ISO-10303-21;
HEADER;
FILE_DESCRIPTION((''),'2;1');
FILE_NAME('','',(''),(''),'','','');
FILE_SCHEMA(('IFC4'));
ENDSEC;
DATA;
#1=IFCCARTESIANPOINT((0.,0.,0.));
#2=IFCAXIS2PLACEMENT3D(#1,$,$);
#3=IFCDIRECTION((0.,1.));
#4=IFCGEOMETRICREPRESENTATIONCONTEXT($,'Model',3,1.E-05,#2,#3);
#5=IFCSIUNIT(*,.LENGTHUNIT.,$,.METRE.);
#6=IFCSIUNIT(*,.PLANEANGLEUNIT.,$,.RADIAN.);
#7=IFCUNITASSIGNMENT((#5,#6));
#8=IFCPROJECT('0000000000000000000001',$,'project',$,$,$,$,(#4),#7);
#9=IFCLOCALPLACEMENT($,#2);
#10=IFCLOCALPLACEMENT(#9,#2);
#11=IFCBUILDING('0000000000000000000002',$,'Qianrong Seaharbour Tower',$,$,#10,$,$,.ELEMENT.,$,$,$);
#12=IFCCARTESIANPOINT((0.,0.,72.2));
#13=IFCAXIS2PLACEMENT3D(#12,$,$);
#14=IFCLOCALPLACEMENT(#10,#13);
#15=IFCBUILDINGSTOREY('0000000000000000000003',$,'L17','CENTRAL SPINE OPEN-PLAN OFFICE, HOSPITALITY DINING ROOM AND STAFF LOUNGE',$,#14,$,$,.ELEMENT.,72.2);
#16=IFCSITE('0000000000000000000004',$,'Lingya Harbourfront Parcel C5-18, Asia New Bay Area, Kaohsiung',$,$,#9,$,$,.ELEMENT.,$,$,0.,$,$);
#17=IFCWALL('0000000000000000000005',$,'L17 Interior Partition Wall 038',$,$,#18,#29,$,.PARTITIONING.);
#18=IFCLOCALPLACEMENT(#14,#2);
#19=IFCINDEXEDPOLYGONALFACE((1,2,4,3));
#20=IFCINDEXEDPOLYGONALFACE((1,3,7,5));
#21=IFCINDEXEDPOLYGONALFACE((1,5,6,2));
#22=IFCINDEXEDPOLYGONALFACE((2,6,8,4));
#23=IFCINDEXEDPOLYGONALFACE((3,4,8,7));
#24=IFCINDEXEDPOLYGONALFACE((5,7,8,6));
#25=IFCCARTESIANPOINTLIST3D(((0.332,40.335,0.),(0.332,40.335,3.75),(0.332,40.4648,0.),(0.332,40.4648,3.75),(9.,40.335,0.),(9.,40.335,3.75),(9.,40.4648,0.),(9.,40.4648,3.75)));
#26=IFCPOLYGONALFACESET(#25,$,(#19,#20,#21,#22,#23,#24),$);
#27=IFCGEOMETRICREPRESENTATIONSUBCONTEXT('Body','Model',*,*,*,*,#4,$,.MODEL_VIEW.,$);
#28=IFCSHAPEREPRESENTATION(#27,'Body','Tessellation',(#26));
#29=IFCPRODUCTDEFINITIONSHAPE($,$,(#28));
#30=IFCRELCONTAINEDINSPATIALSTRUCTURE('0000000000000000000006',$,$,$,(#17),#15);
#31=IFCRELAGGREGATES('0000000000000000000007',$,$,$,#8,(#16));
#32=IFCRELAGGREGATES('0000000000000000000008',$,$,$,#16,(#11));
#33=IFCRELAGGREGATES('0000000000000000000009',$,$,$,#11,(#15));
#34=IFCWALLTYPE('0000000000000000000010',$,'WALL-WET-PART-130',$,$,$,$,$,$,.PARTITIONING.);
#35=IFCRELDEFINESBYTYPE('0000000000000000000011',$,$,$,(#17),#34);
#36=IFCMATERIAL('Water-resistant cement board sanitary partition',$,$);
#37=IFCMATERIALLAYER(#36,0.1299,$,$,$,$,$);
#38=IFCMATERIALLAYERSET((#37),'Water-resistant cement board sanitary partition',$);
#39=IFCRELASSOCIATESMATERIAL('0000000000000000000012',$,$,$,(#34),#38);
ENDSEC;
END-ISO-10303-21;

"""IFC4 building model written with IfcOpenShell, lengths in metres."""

from ifc_helpers import new_model, si_unit, direction, frame, frame_2d, origin, place, context, subcontext, project, spatial, rectangle, extrude, material, layer, layer_set, type_object, element, save


model = new_model("IFC4")

# Units and contexts
model_context = context("Model", 3, precision=1e-05, world=origin(), true_north=direction((0.0, 1.0)))
body_context = subcontext(model_context, "Body", "Model", "MODEL_VIEW")
ifc_project = project(units=[si_unit("LENGTHUNIT", "METRE"), si_unit("PLANEANGLEUNIT", "RADIAN")], contexts=[model_context])

# Site, building, storey
site_placement = place(None, origin())
site = spatial("IfcSite", under=ifc_project, at=site_placement, Name="Lingya Harbourfront Parcel C5-18, Asia New Bay Area, Kaohsiung", CompositionType="ELEMENT", RefElevation=0.0)
building_placement = place(site_placement, origin())
building = spatial("IfcBuilding", under=site, at=building_placement, Name="Qianrong Seaharbour Tower", CompositionType="ELEMENT")
storey_placement = place(building_placement, frame((0.0, 0.0, 72.2)))
storey = spatial("IfcBuildingStorey", under=building, at=storey_placement, Name="L17", Description="CENTRAL SPINE OPEN-PLAN OFFICE, HOSPITALITY DINING ROOM AND STAFF LOUNGE", CompositionType="ELEMENT", Elevation=72.2)

# Wall
ifc_material_1 = material(Name="Water-resistant cement board sanitary partition")
ifc_layer_1 = layer(ifc_material_1, 0.1299)
ifc_layer_set_1 = layer_set([ifc_layer_1], Name="Water-resistant cement board sanitary partition")
wall_type_1 = type_object("IfcWallType", Name="WALL-WET-PART-130", PredefinedType="PARTITIONING", material=ifc_layer_set_1)
wall_1_placement = place(storey_placement, frame((0.332, 40.3999, 0.0), z_axis=(0.0, 0.0, 1.0), x_axis=(1.0, 0.0, 0.0)))
element("IfcWall", 1, at=wall_1_placement, inside=storey, type_object=wall_type_1, Name="L17 Interior Partition Wall 038", PredefinedType="PARTITIONING", context=body_context, shape_type="SweptSolid", body=[
    extrude(rectangle(XDim=8.668, YDim=0.1299, at=frame_2d((4.334, 0.0))), origin(), (0.0, 0.0, 1.0), 3.75),
])

save(model, "model.ifc")
